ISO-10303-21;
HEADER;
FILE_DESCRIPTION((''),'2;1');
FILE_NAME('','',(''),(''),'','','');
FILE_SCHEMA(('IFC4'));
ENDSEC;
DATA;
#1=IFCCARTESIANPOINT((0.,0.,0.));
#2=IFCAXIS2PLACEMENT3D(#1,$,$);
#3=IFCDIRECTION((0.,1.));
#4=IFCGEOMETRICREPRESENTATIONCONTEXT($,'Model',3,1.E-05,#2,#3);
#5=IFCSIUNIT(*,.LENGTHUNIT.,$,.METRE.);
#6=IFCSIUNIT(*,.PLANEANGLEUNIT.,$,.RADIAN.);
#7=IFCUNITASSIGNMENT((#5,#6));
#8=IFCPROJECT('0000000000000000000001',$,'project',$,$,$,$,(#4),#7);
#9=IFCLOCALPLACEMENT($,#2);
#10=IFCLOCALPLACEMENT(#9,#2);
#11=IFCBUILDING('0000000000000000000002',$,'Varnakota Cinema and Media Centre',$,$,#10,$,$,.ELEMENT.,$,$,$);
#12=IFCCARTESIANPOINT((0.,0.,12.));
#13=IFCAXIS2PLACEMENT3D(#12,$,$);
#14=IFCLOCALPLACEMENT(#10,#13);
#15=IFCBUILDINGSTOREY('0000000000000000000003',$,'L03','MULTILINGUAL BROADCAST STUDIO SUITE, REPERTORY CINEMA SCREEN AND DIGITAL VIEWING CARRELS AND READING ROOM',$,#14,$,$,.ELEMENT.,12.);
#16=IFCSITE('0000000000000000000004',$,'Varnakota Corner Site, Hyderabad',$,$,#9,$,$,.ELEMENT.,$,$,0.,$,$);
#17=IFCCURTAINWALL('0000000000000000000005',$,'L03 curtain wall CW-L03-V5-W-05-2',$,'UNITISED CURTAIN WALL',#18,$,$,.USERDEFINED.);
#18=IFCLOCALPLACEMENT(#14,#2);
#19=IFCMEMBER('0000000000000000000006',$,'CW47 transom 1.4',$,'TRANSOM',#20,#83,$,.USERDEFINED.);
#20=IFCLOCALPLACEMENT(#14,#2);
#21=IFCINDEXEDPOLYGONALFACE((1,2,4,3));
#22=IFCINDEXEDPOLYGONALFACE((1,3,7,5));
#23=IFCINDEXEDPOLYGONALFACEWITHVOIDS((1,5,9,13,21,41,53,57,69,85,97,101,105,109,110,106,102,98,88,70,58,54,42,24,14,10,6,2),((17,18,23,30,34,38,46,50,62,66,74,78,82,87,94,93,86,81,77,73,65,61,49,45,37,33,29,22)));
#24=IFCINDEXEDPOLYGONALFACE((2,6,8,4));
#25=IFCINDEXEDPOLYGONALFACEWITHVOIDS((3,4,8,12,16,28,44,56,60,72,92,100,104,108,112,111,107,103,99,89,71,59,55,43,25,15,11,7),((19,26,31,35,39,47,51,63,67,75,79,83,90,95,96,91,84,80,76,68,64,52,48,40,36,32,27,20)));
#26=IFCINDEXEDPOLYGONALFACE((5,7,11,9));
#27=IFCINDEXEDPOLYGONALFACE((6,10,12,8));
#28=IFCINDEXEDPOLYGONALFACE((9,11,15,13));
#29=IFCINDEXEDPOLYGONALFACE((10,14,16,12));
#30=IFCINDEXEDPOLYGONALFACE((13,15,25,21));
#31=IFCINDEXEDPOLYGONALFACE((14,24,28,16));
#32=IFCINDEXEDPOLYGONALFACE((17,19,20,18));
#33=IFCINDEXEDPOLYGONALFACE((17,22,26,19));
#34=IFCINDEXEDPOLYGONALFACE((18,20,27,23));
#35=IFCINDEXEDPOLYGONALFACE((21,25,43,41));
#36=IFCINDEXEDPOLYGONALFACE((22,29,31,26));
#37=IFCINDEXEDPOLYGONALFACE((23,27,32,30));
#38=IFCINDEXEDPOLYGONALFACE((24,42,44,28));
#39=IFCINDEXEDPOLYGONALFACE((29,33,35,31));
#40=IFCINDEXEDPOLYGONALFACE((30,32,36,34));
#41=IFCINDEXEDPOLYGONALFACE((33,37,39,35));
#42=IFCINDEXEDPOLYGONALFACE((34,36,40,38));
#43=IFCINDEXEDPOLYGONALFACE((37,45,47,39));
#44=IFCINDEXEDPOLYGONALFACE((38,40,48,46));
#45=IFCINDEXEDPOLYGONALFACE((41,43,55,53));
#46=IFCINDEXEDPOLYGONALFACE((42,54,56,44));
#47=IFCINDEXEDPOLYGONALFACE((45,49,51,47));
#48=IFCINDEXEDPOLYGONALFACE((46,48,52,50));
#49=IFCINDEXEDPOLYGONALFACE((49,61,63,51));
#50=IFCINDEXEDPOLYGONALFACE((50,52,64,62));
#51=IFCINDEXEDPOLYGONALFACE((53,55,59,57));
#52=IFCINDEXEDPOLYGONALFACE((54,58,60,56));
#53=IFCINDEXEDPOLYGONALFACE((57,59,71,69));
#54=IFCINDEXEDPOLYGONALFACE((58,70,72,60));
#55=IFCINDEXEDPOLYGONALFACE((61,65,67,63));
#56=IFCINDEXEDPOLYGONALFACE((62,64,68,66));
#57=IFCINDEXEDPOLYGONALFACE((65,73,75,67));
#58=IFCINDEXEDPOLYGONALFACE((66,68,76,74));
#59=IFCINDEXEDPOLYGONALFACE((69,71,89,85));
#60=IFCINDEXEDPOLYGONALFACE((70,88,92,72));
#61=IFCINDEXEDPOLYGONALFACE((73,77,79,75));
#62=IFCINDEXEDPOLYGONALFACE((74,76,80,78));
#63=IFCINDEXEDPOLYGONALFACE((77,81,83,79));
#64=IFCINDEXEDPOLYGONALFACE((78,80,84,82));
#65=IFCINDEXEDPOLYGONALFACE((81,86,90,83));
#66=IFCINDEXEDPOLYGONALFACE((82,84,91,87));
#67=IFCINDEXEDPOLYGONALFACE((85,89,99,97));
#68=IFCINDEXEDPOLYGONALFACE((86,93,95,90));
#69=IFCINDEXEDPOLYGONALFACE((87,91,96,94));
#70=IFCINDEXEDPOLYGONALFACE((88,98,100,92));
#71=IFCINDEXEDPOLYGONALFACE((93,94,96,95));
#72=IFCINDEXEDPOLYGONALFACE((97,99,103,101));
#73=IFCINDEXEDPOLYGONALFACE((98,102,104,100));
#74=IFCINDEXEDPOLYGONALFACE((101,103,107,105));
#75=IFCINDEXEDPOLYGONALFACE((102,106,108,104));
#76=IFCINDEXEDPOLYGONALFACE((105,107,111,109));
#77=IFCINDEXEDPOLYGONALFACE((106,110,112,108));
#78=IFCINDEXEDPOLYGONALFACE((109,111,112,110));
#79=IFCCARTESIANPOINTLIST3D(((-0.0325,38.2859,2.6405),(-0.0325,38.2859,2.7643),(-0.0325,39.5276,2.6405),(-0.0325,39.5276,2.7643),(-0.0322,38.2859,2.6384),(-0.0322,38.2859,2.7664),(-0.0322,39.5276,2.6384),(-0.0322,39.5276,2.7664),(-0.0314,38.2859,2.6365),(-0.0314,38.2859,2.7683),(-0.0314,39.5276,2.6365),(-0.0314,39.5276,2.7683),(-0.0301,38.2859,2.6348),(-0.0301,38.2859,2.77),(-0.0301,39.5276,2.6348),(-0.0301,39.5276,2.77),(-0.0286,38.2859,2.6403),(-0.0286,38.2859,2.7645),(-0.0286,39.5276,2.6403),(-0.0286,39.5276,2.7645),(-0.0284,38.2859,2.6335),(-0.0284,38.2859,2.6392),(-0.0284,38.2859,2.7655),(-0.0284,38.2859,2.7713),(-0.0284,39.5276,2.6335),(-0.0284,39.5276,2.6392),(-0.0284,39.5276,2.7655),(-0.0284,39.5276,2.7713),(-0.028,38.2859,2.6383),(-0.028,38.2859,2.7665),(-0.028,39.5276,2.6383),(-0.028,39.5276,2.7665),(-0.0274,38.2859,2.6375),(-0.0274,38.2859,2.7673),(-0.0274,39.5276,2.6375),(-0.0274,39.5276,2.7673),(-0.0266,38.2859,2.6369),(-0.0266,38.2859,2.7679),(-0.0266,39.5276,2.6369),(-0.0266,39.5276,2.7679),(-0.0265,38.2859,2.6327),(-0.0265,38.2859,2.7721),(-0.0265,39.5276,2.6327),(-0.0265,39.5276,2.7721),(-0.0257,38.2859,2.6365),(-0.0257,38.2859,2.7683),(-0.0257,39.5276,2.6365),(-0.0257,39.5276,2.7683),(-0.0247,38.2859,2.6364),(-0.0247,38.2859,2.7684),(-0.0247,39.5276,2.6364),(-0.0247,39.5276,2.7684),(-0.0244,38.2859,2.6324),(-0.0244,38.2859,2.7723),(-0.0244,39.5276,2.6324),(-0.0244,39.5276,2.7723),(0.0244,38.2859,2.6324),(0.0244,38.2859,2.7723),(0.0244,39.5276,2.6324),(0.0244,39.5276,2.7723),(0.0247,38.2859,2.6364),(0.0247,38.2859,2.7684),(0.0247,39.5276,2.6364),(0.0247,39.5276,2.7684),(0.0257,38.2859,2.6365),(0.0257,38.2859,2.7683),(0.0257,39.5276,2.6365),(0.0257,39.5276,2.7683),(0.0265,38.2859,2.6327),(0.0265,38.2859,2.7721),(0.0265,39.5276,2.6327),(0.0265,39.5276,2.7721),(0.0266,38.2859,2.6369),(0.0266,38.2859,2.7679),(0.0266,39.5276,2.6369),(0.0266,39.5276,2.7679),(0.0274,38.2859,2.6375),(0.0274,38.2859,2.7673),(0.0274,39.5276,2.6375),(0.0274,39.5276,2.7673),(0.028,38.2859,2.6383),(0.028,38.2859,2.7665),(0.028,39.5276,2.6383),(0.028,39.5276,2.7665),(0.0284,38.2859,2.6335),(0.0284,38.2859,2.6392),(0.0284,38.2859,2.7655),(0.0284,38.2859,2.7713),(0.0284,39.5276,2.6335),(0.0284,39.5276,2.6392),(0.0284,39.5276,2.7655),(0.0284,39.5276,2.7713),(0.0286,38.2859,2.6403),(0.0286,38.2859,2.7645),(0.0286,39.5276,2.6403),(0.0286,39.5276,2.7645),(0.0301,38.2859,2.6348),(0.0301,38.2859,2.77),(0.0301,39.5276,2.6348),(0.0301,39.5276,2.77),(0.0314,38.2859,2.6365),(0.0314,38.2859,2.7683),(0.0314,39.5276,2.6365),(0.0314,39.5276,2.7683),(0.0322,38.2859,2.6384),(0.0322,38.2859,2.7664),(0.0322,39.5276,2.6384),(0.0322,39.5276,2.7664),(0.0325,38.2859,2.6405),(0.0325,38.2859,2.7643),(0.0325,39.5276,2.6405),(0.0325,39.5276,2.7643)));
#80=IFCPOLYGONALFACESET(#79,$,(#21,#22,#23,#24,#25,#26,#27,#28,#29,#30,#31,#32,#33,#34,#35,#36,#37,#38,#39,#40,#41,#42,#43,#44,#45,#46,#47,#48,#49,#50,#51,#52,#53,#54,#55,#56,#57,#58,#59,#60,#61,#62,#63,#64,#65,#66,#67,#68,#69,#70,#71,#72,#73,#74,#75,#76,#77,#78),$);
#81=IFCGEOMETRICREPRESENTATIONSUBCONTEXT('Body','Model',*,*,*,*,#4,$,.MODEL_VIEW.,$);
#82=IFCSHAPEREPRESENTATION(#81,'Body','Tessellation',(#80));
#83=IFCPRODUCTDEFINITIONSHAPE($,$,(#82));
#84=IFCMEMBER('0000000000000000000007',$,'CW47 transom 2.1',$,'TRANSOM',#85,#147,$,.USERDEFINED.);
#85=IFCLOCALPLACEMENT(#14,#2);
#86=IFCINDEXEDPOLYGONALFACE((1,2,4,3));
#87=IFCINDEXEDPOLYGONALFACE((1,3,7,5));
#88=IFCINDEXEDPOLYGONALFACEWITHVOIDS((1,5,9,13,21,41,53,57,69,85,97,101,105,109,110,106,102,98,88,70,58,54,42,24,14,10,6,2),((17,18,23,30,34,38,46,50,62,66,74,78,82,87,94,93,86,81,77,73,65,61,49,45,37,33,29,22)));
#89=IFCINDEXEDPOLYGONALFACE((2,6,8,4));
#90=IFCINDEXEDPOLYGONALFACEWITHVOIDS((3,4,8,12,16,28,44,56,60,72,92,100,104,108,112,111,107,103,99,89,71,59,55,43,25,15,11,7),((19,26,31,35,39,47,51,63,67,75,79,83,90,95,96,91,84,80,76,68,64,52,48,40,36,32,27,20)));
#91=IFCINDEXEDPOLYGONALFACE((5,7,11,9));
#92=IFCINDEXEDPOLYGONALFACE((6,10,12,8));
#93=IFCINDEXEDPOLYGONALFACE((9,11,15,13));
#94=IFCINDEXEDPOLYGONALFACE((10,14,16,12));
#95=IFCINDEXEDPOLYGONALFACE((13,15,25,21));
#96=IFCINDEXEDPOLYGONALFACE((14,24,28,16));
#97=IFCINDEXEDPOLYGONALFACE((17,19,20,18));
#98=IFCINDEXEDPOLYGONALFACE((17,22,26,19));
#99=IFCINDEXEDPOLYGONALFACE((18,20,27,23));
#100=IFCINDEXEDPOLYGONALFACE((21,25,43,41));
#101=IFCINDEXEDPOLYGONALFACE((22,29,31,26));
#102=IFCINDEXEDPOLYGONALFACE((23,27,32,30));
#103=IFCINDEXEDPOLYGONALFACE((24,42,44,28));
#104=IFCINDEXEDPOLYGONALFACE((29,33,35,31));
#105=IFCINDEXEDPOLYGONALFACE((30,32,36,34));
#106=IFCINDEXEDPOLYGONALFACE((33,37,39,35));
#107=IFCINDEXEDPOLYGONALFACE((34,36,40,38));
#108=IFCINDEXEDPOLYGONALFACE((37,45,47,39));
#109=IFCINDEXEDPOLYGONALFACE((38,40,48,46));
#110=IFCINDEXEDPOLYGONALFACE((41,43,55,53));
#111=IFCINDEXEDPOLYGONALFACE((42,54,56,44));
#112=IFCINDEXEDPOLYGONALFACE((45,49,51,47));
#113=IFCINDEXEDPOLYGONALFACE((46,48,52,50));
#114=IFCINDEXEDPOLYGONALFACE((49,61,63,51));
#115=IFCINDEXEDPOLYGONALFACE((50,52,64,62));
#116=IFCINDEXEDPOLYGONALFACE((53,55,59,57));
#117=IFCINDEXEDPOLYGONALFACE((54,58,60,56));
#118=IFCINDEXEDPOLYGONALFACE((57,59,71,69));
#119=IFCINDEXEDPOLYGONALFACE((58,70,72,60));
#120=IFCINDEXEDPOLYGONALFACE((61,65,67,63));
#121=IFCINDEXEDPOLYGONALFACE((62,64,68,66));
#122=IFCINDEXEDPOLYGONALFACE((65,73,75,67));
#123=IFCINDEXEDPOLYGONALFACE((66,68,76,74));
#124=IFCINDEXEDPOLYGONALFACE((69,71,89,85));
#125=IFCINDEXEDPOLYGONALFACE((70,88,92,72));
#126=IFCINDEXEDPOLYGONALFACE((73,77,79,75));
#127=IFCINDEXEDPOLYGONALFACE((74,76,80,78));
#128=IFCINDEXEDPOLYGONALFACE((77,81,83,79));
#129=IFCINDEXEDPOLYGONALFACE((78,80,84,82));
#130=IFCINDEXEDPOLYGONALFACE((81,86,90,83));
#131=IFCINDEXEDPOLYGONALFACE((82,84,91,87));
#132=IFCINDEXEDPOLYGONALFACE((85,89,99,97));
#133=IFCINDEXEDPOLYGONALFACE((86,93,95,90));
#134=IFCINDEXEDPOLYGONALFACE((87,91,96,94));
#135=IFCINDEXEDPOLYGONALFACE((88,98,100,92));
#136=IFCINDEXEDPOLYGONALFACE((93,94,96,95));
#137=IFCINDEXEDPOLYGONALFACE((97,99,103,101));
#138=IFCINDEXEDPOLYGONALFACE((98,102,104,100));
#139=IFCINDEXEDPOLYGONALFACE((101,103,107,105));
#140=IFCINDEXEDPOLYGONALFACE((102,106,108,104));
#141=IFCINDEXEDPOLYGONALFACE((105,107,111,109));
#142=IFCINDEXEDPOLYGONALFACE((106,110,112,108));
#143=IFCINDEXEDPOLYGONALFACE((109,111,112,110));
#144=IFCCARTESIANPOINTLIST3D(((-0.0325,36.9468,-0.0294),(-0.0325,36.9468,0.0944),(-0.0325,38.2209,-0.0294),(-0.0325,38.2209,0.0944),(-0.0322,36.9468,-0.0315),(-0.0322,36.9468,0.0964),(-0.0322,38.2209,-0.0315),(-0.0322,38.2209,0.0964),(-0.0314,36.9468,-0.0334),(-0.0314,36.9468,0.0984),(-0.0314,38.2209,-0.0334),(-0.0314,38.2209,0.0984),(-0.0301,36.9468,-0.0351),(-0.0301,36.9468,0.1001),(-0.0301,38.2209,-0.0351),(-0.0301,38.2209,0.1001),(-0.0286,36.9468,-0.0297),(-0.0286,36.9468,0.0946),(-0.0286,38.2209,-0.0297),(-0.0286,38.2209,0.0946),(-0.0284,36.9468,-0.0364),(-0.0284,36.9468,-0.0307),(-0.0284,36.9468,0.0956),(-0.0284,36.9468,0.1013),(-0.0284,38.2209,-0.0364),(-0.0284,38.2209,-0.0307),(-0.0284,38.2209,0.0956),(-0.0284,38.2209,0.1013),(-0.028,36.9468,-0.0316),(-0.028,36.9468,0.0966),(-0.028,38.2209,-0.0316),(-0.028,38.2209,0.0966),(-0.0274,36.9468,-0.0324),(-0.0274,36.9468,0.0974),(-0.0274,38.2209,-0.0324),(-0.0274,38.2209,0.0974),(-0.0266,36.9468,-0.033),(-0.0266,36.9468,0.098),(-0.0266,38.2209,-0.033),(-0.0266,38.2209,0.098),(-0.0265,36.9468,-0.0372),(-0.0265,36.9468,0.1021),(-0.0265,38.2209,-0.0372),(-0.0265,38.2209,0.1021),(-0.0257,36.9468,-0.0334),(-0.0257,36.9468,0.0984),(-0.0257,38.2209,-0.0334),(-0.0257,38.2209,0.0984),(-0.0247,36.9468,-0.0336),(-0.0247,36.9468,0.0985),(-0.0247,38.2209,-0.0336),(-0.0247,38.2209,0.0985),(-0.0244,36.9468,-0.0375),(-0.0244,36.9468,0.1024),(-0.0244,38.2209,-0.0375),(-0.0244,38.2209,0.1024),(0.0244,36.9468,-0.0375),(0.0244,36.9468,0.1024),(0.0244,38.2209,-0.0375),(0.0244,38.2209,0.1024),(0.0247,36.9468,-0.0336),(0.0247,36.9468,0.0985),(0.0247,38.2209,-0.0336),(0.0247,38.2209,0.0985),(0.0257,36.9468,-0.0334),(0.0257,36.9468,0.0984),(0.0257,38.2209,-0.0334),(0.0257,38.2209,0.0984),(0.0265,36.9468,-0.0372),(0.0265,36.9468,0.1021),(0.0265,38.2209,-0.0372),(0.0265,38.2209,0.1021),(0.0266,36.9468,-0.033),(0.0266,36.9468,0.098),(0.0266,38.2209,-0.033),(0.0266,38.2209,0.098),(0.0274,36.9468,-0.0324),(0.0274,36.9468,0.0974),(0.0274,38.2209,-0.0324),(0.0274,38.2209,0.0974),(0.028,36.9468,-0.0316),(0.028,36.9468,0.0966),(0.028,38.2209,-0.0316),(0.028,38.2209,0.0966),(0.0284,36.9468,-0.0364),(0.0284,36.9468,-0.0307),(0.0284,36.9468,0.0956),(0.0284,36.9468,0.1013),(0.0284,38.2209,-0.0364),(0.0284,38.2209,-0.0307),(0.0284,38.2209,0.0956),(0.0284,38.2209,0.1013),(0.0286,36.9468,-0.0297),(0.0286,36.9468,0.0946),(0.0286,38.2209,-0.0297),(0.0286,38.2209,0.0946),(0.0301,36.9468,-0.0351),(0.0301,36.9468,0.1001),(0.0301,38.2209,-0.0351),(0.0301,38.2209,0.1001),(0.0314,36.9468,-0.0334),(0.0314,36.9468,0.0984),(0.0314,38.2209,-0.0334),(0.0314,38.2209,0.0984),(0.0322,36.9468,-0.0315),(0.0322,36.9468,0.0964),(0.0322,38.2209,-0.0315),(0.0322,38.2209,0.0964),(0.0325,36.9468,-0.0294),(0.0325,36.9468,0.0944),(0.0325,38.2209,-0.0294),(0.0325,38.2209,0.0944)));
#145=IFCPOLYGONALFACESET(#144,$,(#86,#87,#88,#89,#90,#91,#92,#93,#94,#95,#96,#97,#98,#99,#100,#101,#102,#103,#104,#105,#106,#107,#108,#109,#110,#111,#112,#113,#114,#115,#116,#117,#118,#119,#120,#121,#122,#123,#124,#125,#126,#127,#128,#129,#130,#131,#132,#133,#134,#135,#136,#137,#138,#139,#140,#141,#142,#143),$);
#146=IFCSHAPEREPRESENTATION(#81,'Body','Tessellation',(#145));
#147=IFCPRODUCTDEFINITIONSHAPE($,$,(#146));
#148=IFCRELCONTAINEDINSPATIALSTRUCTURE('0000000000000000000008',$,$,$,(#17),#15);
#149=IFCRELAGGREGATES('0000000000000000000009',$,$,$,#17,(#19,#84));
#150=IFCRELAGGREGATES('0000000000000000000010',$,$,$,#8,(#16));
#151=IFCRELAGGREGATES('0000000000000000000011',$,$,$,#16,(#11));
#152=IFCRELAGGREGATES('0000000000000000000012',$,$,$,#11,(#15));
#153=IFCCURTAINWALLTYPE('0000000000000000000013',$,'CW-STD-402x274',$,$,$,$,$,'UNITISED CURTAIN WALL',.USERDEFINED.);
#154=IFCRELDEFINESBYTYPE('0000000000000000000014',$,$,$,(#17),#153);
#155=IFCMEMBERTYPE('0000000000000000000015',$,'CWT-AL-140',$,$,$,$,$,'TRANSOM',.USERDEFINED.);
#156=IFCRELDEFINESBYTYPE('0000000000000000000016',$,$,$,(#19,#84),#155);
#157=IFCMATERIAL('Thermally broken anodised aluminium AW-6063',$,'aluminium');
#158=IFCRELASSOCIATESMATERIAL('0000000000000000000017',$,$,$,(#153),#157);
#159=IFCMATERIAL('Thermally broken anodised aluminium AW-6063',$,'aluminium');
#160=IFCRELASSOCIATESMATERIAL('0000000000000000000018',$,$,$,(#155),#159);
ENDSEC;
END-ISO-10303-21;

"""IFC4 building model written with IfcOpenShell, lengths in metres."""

from ifc_helpers import new_model, si_unit, direction, frame, origin, origin_2d, place, context, subcontext, project, spatial, hollow_rectangle, extrude, material, material_profile, profile_set, type_object, element, aggregate, save


model = new_model("IFC4")

# Units and contexts
model_context = context("Model", 3, precision=1e-05, world=origin(), true_north=direction((0.0, 1.0)))
body_context = subcontext(model_context, "Body", "Model", "MODEL_VIEW")
ifc_project = project(units=[si_unit("LENGTHUNIT", "METRE"), si_unit("PLANEANGLEUNIT", "RADIAN")], contexts=[model_context])

# Site, building, storey
site_placement = place(None, origin())
site = spatial("IfcSite", under=ifc_project, at=site_placement, Name="Varnakota Corner Site, Hyderabad", CompositionType="ELEMENT", RefElevation=0.0)
building_placement = place(site_placement, origin())
building = spatial("IfcBuilding", under=site, at=building_placement, Name="Varnakota Cinema and Media Centre", CompositionType="ELEMENT")
storey_placement = place(building_placement, frame((0.0, 0.0, 12.0)))
storey = spatial("IfcBuildingStorey", under=building, at=storey_placement, Name="L03", Description="MULTILINGUAL BROADCAST STUDIO SUITE, REPERTORY CINEMA SCREEN AND DIGITAL VIEWING CARRELS AND READING ROOM", CompositionType="ELEMENT", Elevation=12.0)

# Curtain wall, members
ifc_material_1 = material(Name="Thermally broken anodised aluminium AW-6063", Category="aluminium")
curtain_wall_type = type_object("IfcCurtainWallType", Name="CW-STD-402x274", ElementType="UNITISED CURTAIN WALL", PredefinedType="USERDEFINED", material=ifc_material_1)
curtain_wall_placement = place(storey_placement, origin())
curtain_wall = element("IfcCurtainWall", 1, at=curtain_wall_placement, inside=storey, type_object=curtain_wall_type, Name="L03 curtain wall CW-L03-V5-W-05-2", ObjectType="UNITISED CURTAIN WALL", PredefinedType="USERDEFINED")
ifc_material_2 = material(Name="Thermally broken anodised aluminium AW-6063", Category="aluminium")
ifc_material_profile_1 = material_profile(ifc_material_2, hollow_rectangle(XDim=0.0649, YDim=0.1399, WallThickness=0.0039, InnerFilletRadius=0.0039, OuterFilletRadius=0.0081, at=origin_2d()), Name="AL-TRANSOM 140x65x4")
ifc_profile_set_1 = profile_set([ifc_material_profile_1], Name="Thermally broken anodised aluminium AW-6063")
member_type_1 = type_object("IfcMemberType", Name="CWT-AL-140", ElementType="TRANSOM", PredefinedType="USERDEFINED", material=ifc_profile_set_1)
member_1_placement = place(storey_placement, frame((0.0, 39.5276, 2.7024), z_axis=(0.0, -1.0, 0.0), x_axis=(1.0, 0.0, 0.0)))
member_1 = element("IfcMember", 2, at=member_1_placement, type_object=member_type_1, Name="CW47 transom 1.4", ObjectType="TRANSOM", PredefinedType="USERDEFINED", context=body_context, shape_type="SweptSolid", body=[
    extrude(hollow_rectangle(XDim=0.0649, YDim=0.1399, WallThickness=0.0039, InnerFilletRadius=0.0039, OuterFilletRadius=0.0081, at=origin_2d()), origin(), (0.0, 0.0, 1.0), 1.2417),
])
member_2_placement = place(storey_placement, frame((0.0, 38.2209, 0.0325), z_axis=(0.0, -1.0, 0.0), x_axis=(1.0, 0.0, 0.0)))
member_2 = element("IfcMember", 3, at=member_2_placement, type_object=member_type_1, Name="CW47 transom 2.1", ObjectType="TRANSOM", PredefinedType="USERDEFINED", context=body_context, shape_type="SweptSolid", body=[
    extrude(hollow_rectangle(XDim=0.0649, YDim=0.1399, WallThickness=0.0039, InnerFilletRadius=0.0039, OuterFilletRadius=0.0081, at=origin_2d()), origin(), (0.0, 0.0, 1.0), 1.2742),
])
aggregate(curtain_wall, [member_1, member_2])

save(model, "model.ifc")
